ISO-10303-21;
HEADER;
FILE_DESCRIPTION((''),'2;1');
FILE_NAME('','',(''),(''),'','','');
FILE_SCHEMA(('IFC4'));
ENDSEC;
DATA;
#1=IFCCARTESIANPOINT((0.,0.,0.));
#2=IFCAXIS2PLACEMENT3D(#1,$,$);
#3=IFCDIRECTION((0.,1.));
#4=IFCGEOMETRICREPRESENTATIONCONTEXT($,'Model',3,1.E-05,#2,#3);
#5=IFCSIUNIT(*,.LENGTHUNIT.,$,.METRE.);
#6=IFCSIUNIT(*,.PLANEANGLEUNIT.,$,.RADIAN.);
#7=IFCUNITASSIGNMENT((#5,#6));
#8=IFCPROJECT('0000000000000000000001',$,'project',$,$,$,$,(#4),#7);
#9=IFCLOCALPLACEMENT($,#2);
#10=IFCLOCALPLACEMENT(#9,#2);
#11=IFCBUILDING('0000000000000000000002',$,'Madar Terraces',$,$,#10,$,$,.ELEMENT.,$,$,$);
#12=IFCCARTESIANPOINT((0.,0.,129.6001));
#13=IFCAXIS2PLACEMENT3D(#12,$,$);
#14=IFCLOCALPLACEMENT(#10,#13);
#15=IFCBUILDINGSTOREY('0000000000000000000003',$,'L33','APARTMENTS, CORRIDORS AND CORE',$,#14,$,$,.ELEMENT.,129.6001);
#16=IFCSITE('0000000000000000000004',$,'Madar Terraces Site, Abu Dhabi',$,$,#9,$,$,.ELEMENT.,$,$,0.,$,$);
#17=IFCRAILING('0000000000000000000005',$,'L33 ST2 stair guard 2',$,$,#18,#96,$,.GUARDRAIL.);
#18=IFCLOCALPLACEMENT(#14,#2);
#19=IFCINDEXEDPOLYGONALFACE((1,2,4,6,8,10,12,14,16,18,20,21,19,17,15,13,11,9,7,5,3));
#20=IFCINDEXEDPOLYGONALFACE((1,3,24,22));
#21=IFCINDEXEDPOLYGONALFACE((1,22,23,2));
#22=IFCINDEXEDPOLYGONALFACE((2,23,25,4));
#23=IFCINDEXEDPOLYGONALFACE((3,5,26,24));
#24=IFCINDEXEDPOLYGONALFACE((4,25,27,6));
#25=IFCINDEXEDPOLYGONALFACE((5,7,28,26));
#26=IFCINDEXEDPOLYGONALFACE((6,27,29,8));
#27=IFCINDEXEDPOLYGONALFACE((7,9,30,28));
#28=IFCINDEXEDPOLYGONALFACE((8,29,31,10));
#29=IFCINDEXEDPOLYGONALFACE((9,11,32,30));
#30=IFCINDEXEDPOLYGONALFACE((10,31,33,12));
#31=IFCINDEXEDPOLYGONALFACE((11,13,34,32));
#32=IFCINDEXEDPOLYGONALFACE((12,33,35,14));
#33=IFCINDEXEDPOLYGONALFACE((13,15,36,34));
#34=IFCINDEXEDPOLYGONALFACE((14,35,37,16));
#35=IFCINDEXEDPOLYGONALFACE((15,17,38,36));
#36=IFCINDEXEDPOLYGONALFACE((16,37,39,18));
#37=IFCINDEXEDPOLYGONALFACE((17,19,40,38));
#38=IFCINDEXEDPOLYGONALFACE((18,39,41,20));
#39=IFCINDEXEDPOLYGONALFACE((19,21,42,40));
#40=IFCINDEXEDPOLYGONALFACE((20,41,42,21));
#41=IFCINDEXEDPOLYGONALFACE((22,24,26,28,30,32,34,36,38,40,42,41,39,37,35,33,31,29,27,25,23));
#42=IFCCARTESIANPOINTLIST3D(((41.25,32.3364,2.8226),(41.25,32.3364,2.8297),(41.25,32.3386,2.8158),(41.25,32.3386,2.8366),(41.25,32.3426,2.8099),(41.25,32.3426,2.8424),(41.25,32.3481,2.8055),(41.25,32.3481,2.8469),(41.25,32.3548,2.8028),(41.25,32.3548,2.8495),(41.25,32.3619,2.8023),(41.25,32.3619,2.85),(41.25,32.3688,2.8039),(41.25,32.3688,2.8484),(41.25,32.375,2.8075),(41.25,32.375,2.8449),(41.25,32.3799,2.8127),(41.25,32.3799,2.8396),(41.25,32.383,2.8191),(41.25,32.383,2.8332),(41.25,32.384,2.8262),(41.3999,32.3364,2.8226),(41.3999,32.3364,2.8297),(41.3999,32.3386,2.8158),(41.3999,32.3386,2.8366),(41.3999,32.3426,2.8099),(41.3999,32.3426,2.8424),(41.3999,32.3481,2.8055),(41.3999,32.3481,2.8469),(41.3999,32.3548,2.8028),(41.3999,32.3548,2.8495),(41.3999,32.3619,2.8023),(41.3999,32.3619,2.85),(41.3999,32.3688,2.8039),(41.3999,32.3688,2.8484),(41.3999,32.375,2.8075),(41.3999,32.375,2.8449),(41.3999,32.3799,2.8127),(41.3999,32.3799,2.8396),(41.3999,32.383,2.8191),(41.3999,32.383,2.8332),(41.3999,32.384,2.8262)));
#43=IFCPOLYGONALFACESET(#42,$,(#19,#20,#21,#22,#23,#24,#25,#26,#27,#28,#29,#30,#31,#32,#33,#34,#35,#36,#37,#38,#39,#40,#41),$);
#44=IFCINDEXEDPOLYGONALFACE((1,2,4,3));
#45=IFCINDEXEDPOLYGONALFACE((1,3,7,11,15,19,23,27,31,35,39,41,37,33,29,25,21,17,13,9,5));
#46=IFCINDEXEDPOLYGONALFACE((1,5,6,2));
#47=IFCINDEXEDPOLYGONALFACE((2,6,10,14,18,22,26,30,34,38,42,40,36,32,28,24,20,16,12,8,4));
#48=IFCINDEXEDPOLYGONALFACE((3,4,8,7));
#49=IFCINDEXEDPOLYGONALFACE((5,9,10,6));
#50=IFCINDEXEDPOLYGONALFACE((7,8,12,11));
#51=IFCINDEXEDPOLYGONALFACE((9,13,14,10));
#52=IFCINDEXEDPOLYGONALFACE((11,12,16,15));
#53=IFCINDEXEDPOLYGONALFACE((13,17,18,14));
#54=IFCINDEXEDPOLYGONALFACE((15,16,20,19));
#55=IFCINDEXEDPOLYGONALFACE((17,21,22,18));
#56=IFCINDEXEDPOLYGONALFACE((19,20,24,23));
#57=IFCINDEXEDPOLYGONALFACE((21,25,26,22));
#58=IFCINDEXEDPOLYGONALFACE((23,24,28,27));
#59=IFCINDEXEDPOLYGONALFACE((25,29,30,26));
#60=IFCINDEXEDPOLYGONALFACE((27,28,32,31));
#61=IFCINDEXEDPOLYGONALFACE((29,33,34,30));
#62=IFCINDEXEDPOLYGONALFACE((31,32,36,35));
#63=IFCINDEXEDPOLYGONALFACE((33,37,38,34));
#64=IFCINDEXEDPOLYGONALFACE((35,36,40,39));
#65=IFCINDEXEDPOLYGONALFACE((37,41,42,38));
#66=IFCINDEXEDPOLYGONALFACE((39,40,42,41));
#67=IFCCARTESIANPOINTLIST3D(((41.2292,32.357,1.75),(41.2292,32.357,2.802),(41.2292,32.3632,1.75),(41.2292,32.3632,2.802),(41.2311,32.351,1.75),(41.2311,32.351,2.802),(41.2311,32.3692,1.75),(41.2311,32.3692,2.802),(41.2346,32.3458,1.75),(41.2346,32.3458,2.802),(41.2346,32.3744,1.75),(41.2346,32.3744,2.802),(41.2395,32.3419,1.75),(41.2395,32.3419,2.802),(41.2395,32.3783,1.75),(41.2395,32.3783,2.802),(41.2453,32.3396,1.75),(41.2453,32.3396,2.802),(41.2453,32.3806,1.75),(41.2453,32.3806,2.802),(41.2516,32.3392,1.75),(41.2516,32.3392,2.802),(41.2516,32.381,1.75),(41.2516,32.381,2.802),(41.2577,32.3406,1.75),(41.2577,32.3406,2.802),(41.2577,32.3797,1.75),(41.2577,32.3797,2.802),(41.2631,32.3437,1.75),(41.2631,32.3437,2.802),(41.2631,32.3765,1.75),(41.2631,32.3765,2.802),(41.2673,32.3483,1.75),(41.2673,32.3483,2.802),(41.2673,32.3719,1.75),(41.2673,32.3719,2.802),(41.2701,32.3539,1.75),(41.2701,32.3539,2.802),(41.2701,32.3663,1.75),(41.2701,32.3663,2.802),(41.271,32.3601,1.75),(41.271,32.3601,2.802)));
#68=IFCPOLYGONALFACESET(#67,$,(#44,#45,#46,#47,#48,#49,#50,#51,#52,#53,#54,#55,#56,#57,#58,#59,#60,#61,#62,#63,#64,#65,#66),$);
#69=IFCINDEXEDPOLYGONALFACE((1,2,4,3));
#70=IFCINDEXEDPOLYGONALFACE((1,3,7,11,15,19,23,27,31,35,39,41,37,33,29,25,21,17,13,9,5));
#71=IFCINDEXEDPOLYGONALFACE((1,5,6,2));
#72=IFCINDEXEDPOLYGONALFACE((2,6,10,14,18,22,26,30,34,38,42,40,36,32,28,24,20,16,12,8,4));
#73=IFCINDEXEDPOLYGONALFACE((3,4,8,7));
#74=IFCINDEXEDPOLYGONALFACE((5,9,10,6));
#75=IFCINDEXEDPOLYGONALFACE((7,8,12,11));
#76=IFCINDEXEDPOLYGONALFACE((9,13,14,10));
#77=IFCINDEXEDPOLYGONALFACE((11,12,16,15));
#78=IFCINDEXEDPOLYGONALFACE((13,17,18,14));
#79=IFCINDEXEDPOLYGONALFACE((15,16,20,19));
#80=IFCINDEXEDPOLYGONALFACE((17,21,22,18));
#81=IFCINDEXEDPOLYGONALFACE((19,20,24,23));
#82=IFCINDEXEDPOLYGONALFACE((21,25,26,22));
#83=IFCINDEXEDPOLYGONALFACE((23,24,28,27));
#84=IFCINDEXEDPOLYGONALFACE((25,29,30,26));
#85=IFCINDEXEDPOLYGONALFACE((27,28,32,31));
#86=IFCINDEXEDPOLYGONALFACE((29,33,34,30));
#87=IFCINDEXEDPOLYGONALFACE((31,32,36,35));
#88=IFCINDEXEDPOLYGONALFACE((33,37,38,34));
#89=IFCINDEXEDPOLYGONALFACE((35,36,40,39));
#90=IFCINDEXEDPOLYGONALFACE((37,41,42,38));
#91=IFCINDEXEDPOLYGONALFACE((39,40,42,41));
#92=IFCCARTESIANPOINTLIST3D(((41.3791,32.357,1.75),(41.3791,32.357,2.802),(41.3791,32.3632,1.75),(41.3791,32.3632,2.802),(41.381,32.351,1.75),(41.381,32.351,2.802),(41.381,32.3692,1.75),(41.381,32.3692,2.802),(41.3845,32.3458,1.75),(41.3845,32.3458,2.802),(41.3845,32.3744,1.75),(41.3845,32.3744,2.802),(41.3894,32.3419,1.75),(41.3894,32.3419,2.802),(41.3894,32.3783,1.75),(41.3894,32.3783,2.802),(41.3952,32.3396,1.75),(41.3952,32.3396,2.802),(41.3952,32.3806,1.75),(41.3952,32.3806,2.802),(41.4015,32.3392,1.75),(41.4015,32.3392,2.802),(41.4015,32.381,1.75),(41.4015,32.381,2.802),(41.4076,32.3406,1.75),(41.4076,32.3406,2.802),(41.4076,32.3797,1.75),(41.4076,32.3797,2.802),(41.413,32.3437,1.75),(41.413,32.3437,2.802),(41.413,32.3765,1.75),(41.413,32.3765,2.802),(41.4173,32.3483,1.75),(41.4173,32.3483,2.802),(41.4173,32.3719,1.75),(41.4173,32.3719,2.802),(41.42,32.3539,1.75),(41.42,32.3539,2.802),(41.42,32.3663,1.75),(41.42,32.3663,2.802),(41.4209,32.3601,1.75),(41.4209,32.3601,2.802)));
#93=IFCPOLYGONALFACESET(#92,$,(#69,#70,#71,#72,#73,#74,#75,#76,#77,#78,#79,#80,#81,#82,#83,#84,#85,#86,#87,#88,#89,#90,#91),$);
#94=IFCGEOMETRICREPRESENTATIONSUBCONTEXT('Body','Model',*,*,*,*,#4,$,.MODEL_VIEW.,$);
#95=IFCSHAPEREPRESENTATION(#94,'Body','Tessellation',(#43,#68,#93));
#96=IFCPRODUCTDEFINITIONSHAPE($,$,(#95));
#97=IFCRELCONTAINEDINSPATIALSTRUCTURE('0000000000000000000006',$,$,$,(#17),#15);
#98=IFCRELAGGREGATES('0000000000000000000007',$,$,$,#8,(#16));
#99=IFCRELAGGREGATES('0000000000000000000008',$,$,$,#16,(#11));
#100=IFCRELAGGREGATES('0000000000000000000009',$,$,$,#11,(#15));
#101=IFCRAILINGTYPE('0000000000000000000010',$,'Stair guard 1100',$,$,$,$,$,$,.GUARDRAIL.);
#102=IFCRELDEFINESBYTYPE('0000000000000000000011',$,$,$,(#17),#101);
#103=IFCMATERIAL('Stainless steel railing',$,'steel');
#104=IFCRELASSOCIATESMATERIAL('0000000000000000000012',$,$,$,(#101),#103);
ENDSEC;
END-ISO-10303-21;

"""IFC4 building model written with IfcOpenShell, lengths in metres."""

from ifc_helpers import new_model, si_unit, direction, frame, origin, origin_2d, place, context, subcontext, project, spatial, circle, extrude, material, type_object, element, save


model = new_model("IFC4")

# Units and contexts
model_context = context("Model", 3, precision=1e-05, world=origin(), true_north=direction((0.0, 1.0)))
body_context = subcontext(model_context, "Body", "Model", "MODEL_VIEW")
ifc_project = project(units=[si_unit("LENGTHUNIT", "METRE"), si_unit("PLANEANGLEUNIT", "RADIAN")], contexts=[model_context])

# Site, building, storey
site_placement = place(None, origin())
site = spatial("IfcSite", under=ifc_project, at=site_placement, Name="Madar Terraces Site, Abu Dhabi", CompositionType="ELEMENT", RefElevation=0.0)
building_placement = place(site_placement, origin())
building = spatial("IfcBuilding", under=site, at=building_placement, Name="Madar Terraces", CompositionType="ELEMENT")
storey_placement = place(building_placement, frame((0.0, 0.0, 129.6001)))
storey = spatial("IfcBuildingStorey", under=building, at=storey_placement, Name="L33", Description="APARTMENTS, CORRIDORS AND CORE", CompositionType="ELEMENT", Elevation=129.6001)

# Railing
ifc_material_1 = material(Name="Stainless steel railing", Category="steel")
railing_type_1 = type_object("IfcRailingType", Name="Stair guard 1100", PredefinedType="GUARDRAIL", material=ifc_material_1)
railing_1_placement = place(storey_placement, frame((41.25, 32.3601, 1.75)))
element("IfcRailing", 1, at=railing_1_placement, inside=storey, type_object=railing_type_1, Name="L33 ST2 stair guard 2", PredefinedType="GUARDRAIL", context=body_context, shape_type="SweptSolid", body=[
    extrude(circle(Radius=0.0239, at=origin_2d()), frame((0.0, 0.0, 1.0762), z_axis=(1.0, 0.0, 0.0), x_axis=(0.0, 1.0, 0.0)), (0.0, 0.0, 1.0), 0.1499),
    extrude(circle(Radius=0.021, at=origin_2d()), origin(), (0.0, 0.0, 1.0), 1.052),
    extrude(circle(Radius=0.021, at=origin_2d()), frame((0.1499, 0.0, 0.0)), (0.0, 0.0, 1.0), 1.052),
])

save(model, "model.ifc")
